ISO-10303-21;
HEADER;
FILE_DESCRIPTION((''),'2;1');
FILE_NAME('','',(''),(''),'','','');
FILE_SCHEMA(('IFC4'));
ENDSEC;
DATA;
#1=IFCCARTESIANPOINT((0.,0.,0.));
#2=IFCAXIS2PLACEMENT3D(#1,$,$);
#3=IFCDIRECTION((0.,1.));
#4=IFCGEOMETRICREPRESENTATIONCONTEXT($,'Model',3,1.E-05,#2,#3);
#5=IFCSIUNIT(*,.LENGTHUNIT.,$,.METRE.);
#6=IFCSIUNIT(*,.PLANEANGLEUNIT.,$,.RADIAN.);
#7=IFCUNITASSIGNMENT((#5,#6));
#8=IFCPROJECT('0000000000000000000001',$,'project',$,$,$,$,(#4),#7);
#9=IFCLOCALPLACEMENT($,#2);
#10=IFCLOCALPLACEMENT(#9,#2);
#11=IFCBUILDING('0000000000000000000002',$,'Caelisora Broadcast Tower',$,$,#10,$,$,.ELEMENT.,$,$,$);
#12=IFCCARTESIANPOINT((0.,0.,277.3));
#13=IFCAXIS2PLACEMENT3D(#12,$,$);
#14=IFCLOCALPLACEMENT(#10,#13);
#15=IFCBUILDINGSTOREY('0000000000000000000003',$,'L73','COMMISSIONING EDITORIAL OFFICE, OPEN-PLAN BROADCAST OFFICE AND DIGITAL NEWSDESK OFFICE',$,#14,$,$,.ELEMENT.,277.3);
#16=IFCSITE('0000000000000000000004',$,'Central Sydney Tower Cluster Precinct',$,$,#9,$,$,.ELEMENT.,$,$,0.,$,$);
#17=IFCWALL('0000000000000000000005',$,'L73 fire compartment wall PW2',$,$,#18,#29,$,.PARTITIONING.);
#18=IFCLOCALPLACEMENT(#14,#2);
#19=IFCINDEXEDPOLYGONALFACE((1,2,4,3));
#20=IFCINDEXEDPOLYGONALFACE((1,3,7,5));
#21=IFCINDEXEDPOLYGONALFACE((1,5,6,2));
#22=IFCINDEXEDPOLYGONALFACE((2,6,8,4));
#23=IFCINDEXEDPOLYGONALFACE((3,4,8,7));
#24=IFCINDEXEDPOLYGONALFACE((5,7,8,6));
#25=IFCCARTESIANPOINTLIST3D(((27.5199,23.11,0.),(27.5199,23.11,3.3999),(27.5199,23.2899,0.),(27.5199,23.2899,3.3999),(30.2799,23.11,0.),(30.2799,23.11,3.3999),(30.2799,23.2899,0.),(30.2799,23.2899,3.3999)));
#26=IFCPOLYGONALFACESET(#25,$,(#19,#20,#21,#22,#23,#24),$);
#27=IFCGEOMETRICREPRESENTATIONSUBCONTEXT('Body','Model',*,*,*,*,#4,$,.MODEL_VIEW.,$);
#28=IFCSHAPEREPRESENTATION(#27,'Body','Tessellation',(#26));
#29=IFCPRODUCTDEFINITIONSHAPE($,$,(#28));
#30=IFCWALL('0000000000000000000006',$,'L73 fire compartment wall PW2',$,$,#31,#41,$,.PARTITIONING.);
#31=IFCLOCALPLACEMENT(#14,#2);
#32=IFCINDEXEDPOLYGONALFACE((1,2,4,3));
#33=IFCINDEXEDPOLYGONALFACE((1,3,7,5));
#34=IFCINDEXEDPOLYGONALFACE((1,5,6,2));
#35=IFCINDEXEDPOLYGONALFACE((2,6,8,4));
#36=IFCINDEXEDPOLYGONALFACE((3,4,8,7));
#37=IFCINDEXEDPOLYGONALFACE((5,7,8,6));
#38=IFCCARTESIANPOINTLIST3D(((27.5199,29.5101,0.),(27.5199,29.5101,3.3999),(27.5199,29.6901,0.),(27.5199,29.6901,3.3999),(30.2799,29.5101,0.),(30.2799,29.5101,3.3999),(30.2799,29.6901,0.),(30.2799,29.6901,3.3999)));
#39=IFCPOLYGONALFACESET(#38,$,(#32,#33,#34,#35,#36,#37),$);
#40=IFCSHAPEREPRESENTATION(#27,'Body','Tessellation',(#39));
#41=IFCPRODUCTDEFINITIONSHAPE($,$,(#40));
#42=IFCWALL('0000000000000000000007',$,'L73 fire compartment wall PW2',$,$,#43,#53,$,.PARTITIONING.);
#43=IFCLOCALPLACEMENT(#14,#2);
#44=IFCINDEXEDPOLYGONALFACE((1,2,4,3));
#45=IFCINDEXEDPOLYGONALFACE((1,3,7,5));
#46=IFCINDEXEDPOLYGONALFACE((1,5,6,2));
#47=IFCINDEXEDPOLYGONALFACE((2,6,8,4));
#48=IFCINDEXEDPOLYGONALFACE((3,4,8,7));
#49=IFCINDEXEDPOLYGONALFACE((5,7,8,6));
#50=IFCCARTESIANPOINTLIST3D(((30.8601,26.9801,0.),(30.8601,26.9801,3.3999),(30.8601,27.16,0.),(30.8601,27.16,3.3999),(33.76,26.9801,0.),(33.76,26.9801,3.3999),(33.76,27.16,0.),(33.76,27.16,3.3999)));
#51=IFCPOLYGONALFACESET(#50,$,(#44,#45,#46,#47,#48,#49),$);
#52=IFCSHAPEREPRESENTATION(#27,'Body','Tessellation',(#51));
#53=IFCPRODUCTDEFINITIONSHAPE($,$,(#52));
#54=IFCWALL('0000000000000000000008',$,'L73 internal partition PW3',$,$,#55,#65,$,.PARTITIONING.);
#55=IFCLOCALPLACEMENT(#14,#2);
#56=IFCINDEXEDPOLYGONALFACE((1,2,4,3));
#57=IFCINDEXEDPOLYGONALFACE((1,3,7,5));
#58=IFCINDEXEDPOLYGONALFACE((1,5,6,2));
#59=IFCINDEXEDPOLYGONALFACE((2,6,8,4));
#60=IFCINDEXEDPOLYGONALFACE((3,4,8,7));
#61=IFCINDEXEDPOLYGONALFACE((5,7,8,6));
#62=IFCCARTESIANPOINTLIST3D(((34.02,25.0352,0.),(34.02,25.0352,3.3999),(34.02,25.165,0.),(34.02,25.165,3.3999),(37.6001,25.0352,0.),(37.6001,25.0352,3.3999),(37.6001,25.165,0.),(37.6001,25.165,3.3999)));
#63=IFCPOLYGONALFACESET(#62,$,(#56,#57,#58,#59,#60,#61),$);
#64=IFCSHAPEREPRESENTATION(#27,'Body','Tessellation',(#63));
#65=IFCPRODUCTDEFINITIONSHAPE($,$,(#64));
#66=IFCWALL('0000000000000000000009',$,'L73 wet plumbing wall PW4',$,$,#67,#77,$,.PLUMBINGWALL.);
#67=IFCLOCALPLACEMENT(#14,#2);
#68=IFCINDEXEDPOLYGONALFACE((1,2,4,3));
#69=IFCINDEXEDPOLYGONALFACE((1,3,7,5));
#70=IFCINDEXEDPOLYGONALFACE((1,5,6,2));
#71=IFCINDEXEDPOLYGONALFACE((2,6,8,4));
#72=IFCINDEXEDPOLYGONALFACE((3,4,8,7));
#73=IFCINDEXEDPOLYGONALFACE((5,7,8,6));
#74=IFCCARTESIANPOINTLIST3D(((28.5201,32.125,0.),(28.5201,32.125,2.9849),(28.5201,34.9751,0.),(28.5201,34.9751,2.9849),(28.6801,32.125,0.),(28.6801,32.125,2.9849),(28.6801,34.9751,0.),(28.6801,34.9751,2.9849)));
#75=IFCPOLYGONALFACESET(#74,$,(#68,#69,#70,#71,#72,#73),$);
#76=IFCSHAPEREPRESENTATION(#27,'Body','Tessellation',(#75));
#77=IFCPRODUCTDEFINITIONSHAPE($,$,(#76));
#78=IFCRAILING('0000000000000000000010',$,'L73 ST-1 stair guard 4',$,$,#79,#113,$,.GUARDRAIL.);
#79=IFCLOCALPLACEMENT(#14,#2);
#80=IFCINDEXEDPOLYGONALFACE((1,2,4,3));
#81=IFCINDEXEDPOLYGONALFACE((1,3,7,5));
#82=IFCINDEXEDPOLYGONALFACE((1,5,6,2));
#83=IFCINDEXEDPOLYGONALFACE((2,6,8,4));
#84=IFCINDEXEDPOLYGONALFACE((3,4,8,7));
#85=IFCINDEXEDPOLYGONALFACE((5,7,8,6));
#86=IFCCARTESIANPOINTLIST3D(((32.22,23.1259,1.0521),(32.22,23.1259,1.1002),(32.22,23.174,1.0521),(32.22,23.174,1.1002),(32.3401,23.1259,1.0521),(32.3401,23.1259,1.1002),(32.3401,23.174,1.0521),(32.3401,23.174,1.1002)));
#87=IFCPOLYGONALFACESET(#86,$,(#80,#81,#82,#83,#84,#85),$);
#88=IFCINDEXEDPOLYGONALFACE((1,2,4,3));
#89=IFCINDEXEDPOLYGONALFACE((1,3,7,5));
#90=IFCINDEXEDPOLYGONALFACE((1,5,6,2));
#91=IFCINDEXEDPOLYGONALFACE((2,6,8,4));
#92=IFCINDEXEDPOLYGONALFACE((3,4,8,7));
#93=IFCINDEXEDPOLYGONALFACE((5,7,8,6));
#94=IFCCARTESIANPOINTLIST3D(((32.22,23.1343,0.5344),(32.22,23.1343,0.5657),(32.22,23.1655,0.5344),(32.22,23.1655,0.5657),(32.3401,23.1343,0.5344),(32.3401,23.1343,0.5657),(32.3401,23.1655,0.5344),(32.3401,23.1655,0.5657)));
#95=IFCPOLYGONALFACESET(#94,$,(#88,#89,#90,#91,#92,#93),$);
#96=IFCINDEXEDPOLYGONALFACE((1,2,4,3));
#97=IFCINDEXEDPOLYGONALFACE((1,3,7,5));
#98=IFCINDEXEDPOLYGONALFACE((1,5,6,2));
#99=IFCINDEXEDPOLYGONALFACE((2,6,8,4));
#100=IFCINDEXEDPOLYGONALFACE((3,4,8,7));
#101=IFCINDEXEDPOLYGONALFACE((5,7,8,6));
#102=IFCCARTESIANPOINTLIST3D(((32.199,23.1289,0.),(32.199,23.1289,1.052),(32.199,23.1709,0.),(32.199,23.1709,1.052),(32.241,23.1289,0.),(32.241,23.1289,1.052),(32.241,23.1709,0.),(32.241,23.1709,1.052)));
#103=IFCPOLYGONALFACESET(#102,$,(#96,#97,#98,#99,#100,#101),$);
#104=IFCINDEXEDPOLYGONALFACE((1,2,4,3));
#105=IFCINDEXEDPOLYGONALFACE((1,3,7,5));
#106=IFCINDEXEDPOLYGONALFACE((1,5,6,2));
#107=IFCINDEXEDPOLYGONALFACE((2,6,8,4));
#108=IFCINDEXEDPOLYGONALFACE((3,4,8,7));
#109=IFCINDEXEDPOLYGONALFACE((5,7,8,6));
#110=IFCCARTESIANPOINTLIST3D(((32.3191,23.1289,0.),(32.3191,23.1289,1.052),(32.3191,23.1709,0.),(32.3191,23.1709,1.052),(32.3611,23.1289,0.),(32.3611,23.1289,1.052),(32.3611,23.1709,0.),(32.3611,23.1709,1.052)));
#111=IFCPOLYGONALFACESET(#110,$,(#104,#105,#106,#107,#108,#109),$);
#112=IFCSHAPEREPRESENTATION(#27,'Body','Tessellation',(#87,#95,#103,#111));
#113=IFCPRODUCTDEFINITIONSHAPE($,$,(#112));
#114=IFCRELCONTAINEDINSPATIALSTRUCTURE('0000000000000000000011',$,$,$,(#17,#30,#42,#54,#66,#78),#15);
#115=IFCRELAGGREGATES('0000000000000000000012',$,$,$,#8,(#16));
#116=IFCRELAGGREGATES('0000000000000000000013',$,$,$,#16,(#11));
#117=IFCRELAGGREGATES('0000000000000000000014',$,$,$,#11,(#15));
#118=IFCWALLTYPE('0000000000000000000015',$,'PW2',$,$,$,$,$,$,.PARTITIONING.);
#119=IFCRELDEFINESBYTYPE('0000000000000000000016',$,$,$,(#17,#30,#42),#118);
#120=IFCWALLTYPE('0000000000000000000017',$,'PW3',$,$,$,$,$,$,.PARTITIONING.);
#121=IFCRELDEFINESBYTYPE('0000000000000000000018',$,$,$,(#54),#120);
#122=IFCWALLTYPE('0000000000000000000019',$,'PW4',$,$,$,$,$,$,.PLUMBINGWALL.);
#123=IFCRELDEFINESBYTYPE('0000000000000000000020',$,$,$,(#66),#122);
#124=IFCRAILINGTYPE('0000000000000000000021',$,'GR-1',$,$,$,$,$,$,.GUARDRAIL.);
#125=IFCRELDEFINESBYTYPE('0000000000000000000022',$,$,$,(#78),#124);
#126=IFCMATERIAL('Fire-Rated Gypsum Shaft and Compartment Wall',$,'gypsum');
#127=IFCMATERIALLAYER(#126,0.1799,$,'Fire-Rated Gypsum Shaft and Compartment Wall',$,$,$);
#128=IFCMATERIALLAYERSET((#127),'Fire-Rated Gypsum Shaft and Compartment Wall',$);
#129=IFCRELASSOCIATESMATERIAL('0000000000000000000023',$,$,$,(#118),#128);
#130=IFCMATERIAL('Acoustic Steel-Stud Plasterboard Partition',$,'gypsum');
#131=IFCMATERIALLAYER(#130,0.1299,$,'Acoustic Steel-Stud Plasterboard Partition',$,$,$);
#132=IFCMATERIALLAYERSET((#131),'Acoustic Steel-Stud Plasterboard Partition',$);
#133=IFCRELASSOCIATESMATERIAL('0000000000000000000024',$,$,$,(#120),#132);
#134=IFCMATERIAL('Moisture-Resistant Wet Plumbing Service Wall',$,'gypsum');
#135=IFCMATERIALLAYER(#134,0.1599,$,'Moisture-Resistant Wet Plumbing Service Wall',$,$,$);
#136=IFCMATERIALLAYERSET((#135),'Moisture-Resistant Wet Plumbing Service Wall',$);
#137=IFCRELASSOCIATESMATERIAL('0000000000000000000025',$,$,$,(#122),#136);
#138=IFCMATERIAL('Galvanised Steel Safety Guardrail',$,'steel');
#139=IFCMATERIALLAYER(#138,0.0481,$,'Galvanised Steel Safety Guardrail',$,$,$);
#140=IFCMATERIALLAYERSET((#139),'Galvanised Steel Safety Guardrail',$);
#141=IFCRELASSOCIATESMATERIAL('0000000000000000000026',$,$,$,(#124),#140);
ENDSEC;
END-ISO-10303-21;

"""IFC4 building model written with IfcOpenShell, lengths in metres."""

from ifc_helpers import new_model, si_unit, direction, frame, frame_2d, origin, origin_2d, place, context, subcontext, project, spatial, rectangle, extrude, material, layer, layer_set, type_object, element, save


model = new_model("IFC4")

# Units and contexts
model_context = context("Model", 3, precision=1e-05, world=origin(), true_north=direction((0.0, 1.0)))
body_context = subcontext(model_context, "Body", "Model", "MODEL_VIEW")
ifc_project = project(units=[si_unit("LENGTHUNIT", "METRE"), si_unit("PLANEANGLEUNIT", "RADIAN")], contexts=[model_context])

# Site, building, storey
site_placement = place(None, origin())
site = spatial("IfcSite", under=ifc_project, at=site_placement, Name="Central Sydney Tower Cluster Precinct", CompositionType="ELEMENT", RefElevation=0.0)
building_placement = place(site_placement, origin())
building = spatial("IfcBuilding", under=site, at=building_placement, Name="Caelisora Broadcast Tower", CompositionType="ELEMENT")
storey_placement = place(building_placement, frame((0.0, 0.0, 277.3)))
storey = spatial("IfcBuildingStorey", under=building, at=storey_placement, Name="L73", Description="COMMISSIONING EDITORIAL OFFICE, OPEN-PLAN BROADCAST OFFICE AND DIGITAL NEWSDESK OFFICE", CompositionType="ELEMENT", Elevation=277.3)

# Shared definitions
ifc_material_1 = material(Name="Fire-Rated Gypsum Shaft and Compartment Wall", Category="gypsum")
ifc_layer_1 = layer(ifc_material_1, 0.1799, Name="Fire-Rated Gypsum Shaft and Compartment Wall")
ifc_layer_set_1 = layer_set([ifc_layer_1], Name="Fire-Rated Gypsum Shaft and Compartment Wall")
wall_type_1 = type_object("IfcWallType", Name="PW2", PredefinedType="PARTITIONING", material=ifc_layer_set_1)

# Walls
for number, where, z_axis, x_axis, name in (
    (1, (27.52, 23.2, 0.0), (0.0, 0.0, 1.0), (1.0, 0.0, 0.0), "L73 fire compartment wall PW2"),
    (2, (27.52, 29.6001, 0.0), (0.0, 0.0, 1.0), (1.0, 0.0, 0.0), "L73 fire compartment wall PW2"),
):
    element("IfcWall", number, at=place(storey_placement, frame(where, z_axis=z_axis, x_axis=x_axis)), inside=storey, type_object=wall_type_1, Name=name, PredefinedType="PARTITIONING", context=body_context, shape_type="SweptSolid", body=[
        extrude(rectangle(XDim=2.76, YDim=0.1799, at=frame_2d((1.3799, 0.0))), origin(), (0.0, 0.0, 1.0), 3.3999),
    ])
wall_1_placement = place(storey_placement, frame((30.8601, 27.0701, 0.0), z_axis=(0.0, 0.0, 1.0), x_axis=(1.0, 0.0, 0.0)))
element("IfcWall", 3, at=wall_1_placement, inside=storey, type_object=wall_type_1, Name="L73 fire compartment wall PW2", PredefinedType="PARTITIONING", context=body_context, shape_type="SweptSolid", body=[
    extrude(rectangle(XDim=2.8999, YDim=0.1799, at=frame_2d((1.45, 0.0))), origin(), (0.0, 0.0, 1.0), 3.3999),
])
ifc_material_2 = material(Name="Acoustic Steel-Stud Plasterboard Partition", Category="gypsum")
ifc_layer_2 = layer(ifc_material_2, 0.1299, Name="Acoustic Steel-Stud Plasterboard Partition")
ifc_layer_set_2 = layer_set([ifc_layer_2], Name="Acoustic Steel-Stud Plasterboard Partition")
wall_type_2 = type_object("IfcWallType", Name="PW3", PredefinedType="PARTITIONING", material=ifc_layer_set_2)
wall_2_placement = place(storey_placement, frame((34.02, 25.1001, 0.0), z_axis=(0.0, 0.0, 1.0), x_axis=(1.0, 0.0, 0.0)))
element("IfcWall", 4, at=wall_2_placement, inside=storey, type_object=wall_type_2, Name="L73 internal partition PW3", PredefinedType="PARTITIONING", context=body_context, shape_type="SweptSolid", body=[
    extrude(rectangle(XDim=3.5801, YDim=0.1299, at=frame_2d((1.79, 0.0))), origin(), (0.0, 0.0, 1.0), 3.3999),
])
ifc_material_3 = material(Name="Moisture-Resistant Wet Plumbing Service Wall", Category="gypsum")
ifc_layer_3 = layer(ifc_material_3, 0.1599, Name="Moisture-Resistant Wet Plumbing Service Wall")
ifc_layer_set_3 = layer_set([ifc_layer_3], Name="Moisture-Resistant Wet Plumbing Service Wall")
wall_type_3 = type_object("IfcWallType", Name="PW4", PredefinedType="PLUMBINGWALL", material=ifc_layer_set_3)
wall_3_placement = place(storey_placement, frame((28.6001, 32.125, 0.0), z_axis=(0.0, 0.0, 1.0), x_axis=(0.0, 1.0, 0.0)))
element("IfcWall", 5, at=wall_3_placement, inside=storey, type_object=wall_type_3, Name="L73 wet plumbing wall PW4", PredefinedType="PLUMBINGWALL", context=body_context, shape_type="SweptSolid", body=[
    extrude(rectangle(XDim=2.8501, YDim=0.1599, at=frame_2d((1.425, 0.0))), origin(), (0.0, 0.0, 1.0), 2.9849),
])

# Railing
ifc_material_4 = material(Name="Galvanised Steel Safety Guardrail", Category="steel")
ifc_layer_4 = layer(ifc_material_4, 0.0481, Name="Galvanised Steel Safety Guardrail")
ifc_layer_set_4 = layer_set([ifc_layer_4], Name="Galvanised Steel Safety Guardrail")
railing_type = type_object("IfcRailingType", Name="GR-1", PredefinedType="GUARDRAIL", material=ifc_layer_set_4)
railing_placement = place(storey_placement, frame((32.22, 23.1499, 0.0)))
element("IfcRailing", 6, at=railing_placement, inside=storey, type_object=railing_type, Name="L73 ST-1 stair guard 4", PredefinedType="GUARDRAIL", context=body_context, shape_type="SweptSolid", body=[
    extrude(rectangle(XDim=0.0481, YDim=0.0481, at=origin_2d()), frame((0.0, 0.0, 1.0762), z_axis=(1.0, 0.0, 0.0), x_axis=(0.0, 1.0, 0.0)), (0.0, 0.0, 1.0), 0.1201),
    extrude(rectangle(XDim=0.0312, YDim=0.0312, at=origin_2d()), frame((0.0, 0.0, 0.55), z_axis=(1.0, 0.0, 0.0), x_axis=(0.0, 1.0, 0.0)), (0.0, 0.0, 1.0), 0.1201),
    extrude(rectangle(XDim=0.042, YDim=0.042, at=origin_2d()), origin(), (0.0, 0.0, 1.0), 1.052),
    extrude(rectangle(XDim=0.042, YDim=0.042, at=origin_2d()), frame((0.1201, 0.0, 0.0)), (0.0, 0.0, 1.0), 1.052),
])

save(model, "model.ifc")
